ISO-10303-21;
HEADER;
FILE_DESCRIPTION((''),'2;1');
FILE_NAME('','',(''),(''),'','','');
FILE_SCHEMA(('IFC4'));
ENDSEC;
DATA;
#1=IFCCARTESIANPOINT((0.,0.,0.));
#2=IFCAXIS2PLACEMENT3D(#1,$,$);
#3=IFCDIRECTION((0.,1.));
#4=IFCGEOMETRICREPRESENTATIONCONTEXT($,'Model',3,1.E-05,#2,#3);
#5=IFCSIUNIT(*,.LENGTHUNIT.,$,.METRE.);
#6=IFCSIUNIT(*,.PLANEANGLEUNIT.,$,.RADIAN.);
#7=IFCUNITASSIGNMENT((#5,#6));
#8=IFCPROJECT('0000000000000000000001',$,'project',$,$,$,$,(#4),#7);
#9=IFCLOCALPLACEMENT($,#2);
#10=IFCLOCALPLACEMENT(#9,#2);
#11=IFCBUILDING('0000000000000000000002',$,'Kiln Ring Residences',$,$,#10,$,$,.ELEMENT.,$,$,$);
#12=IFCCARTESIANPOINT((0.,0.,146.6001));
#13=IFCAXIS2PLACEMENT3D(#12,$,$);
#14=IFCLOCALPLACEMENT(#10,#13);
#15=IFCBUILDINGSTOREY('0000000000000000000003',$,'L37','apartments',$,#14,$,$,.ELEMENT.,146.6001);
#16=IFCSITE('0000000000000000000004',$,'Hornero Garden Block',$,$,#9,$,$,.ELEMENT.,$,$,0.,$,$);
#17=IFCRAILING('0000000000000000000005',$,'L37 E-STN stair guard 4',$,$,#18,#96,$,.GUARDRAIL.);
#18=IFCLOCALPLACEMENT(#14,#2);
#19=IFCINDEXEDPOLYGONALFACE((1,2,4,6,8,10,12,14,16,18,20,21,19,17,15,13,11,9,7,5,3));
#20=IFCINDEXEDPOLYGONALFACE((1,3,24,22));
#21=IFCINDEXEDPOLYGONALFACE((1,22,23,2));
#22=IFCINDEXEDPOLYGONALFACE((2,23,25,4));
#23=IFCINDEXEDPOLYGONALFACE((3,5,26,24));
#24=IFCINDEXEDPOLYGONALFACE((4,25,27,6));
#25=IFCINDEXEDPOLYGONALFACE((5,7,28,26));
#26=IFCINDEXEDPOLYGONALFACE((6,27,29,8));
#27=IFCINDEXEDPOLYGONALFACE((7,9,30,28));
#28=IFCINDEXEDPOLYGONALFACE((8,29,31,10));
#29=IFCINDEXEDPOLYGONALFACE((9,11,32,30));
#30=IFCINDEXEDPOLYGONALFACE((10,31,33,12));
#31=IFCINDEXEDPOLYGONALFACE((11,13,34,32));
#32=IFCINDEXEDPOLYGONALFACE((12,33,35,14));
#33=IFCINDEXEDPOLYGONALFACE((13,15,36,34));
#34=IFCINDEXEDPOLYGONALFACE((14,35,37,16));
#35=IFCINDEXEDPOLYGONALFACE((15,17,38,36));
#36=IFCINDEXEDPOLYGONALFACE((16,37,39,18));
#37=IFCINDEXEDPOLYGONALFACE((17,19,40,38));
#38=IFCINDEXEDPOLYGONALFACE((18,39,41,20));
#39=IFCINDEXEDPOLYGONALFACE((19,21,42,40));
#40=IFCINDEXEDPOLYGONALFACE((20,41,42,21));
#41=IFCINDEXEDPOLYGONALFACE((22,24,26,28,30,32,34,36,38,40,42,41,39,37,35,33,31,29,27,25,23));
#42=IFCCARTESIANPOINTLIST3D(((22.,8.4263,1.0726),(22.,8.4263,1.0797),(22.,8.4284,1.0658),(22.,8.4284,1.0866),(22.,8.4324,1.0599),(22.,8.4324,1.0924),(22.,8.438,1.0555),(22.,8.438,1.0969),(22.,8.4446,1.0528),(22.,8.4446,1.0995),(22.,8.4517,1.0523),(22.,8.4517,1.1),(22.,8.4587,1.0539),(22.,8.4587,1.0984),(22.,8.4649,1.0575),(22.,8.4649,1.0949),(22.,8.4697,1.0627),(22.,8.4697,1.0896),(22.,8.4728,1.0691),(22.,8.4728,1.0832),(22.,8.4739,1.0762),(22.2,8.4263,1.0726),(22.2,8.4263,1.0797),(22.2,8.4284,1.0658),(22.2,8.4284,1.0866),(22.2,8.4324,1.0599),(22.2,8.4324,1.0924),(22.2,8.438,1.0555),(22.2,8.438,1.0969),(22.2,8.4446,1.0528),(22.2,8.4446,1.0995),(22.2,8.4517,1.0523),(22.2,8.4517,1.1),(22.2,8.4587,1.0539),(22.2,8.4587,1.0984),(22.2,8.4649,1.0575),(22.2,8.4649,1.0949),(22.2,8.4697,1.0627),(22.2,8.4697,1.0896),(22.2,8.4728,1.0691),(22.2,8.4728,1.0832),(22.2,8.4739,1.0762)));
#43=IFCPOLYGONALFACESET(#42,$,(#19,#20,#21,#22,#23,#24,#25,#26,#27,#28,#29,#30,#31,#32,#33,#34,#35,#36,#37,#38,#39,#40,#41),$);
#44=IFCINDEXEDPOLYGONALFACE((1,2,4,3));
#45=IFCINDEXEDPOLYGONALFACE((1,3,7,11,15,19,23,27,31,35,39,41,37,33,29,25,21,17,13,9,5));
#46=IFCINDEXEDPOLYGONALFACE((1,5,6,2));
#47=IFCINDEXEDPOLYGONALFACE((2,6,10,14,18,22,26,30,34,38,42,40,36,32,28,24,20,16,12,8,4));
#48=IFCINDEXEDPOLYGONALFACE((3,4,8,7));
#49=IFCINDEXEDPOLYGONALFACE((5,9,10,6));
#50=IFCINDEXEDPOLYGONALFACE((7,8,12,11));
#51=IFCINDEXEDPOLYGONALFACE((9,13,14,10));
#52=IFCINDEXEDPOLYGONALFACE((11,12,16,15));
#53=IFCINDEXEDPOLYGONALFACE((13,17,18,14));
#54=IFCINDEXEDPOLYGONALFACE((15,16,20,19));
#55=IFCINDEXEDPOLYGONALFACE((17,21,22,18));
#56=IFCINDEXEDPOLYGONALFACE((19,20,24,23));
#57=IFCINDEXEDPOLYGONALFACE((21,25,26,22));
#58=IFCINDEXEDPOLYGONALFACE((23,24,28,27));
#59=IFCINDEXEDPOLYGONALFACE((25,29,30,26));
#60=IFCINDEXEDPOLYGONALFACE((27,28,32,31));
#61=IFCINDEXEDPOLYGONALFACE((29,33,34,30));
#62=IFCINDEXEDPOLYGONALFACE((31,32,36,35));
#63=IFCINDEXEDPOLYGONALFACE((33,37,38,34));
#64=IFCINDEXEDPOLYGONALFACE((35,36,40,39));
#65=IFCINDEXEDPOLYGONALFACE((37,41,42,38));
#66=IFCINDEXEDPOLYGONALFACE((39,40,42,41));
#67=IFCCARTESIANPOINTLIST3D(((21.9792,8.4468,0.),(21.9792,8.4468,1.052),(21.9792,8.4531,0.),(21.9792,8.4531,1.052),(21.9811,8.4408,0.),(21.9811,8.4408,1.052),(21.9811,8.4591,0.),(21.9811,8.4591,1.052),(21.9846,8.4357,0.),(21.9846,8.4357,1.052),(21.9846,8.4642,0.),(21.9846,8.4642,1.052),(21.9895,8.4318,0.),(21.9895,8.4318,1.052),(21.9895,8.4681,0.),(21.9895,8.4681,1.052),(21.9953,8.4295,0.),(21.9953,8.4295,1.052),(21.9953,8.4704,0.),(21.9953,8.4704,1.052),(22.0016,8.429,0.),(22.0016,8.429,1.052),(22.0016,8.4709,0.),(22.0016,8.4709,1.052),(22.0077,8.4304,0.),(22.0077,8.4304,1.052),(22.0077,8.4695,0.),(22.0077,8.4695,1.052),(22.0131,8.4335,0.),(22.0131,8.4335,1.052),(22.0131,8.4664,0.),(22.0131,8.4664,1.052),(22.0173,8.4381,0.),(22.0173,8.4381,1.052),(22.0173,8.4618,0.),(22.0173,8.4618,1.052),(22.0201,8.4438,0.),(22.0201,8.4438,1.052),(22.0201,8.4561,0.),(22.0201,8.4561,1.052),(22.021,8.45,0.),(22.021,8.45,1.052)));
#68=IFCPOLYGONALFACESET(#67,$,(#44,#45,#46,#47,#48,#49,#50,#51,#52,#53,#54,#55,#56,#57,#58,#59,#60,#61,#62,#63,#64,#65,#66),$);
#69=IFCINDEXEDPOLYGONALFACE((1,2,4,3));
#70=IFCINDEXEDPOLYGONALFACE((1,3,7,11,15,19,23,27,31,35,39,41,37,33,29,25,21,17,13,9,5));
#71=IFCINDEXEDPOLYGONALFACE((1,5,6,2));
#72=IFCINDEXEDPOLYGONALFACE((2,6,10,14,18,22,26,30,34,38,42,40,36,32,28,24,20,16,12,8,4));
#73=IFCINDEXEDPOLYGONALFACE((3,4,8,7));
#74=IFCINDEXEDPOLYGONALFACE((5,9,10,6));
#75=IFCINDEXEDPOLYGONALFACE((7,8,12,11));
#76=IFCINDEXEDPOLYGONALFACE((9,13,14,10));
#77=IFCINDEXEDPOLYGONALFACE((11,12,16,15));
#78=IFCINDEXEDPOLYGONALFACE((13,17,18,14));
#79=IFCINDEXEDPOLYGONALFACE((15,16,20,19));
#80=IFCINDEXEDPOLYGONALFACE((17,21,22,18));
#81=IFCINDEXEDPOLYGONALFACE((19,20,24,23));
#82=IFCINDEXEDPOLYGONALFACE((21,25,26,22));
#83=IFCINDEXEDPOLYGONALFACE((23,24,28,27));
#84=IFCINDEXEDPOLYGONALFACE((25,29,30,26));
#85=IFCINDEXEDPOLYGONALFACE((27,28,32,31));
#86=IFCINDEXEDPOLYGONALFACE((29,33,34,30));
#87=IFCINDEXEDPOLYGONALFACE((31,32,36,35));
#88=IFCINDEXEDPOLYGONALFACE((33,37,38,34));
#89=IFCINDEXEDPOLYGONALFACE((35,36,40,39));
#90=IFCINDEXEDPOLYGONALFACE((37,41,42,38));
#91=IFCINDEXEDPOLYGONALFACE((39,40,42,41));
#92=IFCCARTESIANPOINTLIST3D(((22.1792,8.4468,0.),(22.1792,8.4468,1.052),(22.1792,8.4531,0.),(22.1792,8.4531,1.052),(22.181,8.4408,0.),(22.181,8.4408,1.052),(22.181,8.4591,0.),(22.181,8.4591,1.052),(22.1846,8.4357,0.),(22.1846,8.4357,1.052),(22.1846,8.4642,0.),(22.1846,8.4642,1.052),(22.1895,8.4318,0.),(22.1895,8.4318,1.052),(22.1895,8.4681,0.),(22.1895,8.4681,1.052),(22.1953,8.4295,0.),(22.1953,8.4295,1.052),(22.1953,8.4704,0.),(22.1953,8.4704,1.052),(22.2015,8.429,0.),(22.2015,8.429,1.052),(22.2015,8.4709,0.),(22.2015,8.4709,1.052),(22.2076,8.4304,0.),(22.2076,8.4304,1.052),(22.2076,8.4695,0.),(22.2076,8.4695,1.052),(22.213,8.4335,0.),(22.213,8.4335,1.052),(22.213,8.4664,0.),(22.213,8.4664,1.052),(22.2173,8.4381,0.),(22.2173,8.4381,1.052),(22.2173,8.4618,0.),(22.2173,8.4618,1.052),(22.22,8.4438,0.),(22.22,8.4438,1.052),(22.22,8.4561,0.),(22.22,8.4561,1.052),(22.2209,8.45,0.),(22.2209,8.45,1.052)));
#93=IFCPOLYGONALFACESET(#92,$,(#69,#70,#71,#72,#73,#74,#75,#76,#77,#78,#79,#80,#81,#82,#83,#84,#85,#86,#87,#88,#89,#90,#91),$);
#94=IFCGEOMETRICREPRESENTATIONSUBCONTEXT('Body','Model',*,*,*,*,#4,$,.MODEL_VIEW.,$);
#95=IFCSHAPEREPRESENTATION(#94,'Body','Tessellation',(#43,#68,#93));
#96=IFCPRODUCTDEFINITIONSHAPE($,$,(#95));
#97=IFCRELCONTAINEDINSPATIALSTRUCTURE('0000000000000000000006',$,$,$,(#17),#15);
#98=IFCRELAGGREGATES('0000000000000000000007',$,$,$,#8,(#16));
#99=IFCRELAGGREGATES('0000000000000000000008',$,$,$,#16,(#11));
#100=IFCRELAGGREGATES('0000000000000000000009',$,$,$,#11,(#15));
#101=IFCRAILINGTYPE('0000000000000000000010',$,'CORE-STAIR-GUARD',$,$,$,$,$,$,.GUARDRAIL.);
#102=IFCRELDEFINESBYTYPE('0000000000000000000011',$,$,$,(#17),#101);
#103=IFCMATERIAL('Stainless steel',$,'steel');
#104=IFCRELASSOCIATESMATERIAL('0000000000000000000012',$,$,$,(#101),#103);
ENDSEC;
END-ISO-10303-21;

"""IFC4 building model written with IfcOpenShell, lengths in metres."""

from ifc_helpers import new_model, si_unit, direction, frame, origin, origin_2d, place, context, subcontext, project, spatial, circle, extrude, material, type_object, element, save


model = new_model("IFC4")

# Units and contexts
model_context = context("Model", 3, precision=1e-05, world=origin(), true_north=direction((0.0, 1.0)))
body_context = subcontext(model_context, "Body", "Model", "MODEL_VIEW")
ifc_project = project(units=[si_unit("LENGTHUNIT", "METRE"), si_unit("PLANEANGLEUNIT", "RADIAN")], contexts=[model_context])

# Site, building, storey
site_placement = place(None, origin())
site = spatial("IfcSite", under=ifc_project, at=site_placement, Name="Hornero Garden Block", CompositionType="ELEMENT", RefElevation=0.0)
building_placement = place(site_placement, origin())
building = spatial("IfcBuilding", under=site, at=building_placement, Name="Kiln Ring Residences", CompositionType="ELEMENT")
storey_placement = place(building_placement, frame((0.0, 0.0, 146.6001)))
storey = spatial("IfcBuildingStorey", under=building, at=storey_placement, Name="L37", Description="apartments", CompositionType="ELEMENT", Elevation=146.6001)

# Railing
ifc_material_1 = material(Name="Stainless steel", Category="steel")
railing_type = type_object("IfcRailingType", Name="CORE-STAIR-GUARD", PredefinedType="GUARDRAIL", material=ifc_material_1)
railing_1_placement = place(storey_placement, frame((22.0, 8.45, 0.0)))
element("IfcRailing", 1, at=railing_1_placement, inside=storey, type_object=railing_type, Name="L37 E-STN stair guard 4", PredefinedType="GUARDRAIL", context=body_context, shape_type="SweptSolid", body=[
    extrude(circle(Radius=0.0239, at=origin_2d()), frame((0.0, 0.0, 1.0762), z_axis=(1.0, 0.0, 0.0), x_axis=(0.0, 1.0, 0.0)), (0.0, 0.0, 1.0), 0.2),
    extrude(circle(Radius=0.021, at=origin_2d()), origin(), (0.0, 0.0, 1.0), 1.052),
    extrude(circle(Radius=0.021, at=origin_2d()), frame((0.2, 0.0, 0.0)), (0.0, 0.0, 1.0), 1.052),
])

save(model, "model.ifc")
